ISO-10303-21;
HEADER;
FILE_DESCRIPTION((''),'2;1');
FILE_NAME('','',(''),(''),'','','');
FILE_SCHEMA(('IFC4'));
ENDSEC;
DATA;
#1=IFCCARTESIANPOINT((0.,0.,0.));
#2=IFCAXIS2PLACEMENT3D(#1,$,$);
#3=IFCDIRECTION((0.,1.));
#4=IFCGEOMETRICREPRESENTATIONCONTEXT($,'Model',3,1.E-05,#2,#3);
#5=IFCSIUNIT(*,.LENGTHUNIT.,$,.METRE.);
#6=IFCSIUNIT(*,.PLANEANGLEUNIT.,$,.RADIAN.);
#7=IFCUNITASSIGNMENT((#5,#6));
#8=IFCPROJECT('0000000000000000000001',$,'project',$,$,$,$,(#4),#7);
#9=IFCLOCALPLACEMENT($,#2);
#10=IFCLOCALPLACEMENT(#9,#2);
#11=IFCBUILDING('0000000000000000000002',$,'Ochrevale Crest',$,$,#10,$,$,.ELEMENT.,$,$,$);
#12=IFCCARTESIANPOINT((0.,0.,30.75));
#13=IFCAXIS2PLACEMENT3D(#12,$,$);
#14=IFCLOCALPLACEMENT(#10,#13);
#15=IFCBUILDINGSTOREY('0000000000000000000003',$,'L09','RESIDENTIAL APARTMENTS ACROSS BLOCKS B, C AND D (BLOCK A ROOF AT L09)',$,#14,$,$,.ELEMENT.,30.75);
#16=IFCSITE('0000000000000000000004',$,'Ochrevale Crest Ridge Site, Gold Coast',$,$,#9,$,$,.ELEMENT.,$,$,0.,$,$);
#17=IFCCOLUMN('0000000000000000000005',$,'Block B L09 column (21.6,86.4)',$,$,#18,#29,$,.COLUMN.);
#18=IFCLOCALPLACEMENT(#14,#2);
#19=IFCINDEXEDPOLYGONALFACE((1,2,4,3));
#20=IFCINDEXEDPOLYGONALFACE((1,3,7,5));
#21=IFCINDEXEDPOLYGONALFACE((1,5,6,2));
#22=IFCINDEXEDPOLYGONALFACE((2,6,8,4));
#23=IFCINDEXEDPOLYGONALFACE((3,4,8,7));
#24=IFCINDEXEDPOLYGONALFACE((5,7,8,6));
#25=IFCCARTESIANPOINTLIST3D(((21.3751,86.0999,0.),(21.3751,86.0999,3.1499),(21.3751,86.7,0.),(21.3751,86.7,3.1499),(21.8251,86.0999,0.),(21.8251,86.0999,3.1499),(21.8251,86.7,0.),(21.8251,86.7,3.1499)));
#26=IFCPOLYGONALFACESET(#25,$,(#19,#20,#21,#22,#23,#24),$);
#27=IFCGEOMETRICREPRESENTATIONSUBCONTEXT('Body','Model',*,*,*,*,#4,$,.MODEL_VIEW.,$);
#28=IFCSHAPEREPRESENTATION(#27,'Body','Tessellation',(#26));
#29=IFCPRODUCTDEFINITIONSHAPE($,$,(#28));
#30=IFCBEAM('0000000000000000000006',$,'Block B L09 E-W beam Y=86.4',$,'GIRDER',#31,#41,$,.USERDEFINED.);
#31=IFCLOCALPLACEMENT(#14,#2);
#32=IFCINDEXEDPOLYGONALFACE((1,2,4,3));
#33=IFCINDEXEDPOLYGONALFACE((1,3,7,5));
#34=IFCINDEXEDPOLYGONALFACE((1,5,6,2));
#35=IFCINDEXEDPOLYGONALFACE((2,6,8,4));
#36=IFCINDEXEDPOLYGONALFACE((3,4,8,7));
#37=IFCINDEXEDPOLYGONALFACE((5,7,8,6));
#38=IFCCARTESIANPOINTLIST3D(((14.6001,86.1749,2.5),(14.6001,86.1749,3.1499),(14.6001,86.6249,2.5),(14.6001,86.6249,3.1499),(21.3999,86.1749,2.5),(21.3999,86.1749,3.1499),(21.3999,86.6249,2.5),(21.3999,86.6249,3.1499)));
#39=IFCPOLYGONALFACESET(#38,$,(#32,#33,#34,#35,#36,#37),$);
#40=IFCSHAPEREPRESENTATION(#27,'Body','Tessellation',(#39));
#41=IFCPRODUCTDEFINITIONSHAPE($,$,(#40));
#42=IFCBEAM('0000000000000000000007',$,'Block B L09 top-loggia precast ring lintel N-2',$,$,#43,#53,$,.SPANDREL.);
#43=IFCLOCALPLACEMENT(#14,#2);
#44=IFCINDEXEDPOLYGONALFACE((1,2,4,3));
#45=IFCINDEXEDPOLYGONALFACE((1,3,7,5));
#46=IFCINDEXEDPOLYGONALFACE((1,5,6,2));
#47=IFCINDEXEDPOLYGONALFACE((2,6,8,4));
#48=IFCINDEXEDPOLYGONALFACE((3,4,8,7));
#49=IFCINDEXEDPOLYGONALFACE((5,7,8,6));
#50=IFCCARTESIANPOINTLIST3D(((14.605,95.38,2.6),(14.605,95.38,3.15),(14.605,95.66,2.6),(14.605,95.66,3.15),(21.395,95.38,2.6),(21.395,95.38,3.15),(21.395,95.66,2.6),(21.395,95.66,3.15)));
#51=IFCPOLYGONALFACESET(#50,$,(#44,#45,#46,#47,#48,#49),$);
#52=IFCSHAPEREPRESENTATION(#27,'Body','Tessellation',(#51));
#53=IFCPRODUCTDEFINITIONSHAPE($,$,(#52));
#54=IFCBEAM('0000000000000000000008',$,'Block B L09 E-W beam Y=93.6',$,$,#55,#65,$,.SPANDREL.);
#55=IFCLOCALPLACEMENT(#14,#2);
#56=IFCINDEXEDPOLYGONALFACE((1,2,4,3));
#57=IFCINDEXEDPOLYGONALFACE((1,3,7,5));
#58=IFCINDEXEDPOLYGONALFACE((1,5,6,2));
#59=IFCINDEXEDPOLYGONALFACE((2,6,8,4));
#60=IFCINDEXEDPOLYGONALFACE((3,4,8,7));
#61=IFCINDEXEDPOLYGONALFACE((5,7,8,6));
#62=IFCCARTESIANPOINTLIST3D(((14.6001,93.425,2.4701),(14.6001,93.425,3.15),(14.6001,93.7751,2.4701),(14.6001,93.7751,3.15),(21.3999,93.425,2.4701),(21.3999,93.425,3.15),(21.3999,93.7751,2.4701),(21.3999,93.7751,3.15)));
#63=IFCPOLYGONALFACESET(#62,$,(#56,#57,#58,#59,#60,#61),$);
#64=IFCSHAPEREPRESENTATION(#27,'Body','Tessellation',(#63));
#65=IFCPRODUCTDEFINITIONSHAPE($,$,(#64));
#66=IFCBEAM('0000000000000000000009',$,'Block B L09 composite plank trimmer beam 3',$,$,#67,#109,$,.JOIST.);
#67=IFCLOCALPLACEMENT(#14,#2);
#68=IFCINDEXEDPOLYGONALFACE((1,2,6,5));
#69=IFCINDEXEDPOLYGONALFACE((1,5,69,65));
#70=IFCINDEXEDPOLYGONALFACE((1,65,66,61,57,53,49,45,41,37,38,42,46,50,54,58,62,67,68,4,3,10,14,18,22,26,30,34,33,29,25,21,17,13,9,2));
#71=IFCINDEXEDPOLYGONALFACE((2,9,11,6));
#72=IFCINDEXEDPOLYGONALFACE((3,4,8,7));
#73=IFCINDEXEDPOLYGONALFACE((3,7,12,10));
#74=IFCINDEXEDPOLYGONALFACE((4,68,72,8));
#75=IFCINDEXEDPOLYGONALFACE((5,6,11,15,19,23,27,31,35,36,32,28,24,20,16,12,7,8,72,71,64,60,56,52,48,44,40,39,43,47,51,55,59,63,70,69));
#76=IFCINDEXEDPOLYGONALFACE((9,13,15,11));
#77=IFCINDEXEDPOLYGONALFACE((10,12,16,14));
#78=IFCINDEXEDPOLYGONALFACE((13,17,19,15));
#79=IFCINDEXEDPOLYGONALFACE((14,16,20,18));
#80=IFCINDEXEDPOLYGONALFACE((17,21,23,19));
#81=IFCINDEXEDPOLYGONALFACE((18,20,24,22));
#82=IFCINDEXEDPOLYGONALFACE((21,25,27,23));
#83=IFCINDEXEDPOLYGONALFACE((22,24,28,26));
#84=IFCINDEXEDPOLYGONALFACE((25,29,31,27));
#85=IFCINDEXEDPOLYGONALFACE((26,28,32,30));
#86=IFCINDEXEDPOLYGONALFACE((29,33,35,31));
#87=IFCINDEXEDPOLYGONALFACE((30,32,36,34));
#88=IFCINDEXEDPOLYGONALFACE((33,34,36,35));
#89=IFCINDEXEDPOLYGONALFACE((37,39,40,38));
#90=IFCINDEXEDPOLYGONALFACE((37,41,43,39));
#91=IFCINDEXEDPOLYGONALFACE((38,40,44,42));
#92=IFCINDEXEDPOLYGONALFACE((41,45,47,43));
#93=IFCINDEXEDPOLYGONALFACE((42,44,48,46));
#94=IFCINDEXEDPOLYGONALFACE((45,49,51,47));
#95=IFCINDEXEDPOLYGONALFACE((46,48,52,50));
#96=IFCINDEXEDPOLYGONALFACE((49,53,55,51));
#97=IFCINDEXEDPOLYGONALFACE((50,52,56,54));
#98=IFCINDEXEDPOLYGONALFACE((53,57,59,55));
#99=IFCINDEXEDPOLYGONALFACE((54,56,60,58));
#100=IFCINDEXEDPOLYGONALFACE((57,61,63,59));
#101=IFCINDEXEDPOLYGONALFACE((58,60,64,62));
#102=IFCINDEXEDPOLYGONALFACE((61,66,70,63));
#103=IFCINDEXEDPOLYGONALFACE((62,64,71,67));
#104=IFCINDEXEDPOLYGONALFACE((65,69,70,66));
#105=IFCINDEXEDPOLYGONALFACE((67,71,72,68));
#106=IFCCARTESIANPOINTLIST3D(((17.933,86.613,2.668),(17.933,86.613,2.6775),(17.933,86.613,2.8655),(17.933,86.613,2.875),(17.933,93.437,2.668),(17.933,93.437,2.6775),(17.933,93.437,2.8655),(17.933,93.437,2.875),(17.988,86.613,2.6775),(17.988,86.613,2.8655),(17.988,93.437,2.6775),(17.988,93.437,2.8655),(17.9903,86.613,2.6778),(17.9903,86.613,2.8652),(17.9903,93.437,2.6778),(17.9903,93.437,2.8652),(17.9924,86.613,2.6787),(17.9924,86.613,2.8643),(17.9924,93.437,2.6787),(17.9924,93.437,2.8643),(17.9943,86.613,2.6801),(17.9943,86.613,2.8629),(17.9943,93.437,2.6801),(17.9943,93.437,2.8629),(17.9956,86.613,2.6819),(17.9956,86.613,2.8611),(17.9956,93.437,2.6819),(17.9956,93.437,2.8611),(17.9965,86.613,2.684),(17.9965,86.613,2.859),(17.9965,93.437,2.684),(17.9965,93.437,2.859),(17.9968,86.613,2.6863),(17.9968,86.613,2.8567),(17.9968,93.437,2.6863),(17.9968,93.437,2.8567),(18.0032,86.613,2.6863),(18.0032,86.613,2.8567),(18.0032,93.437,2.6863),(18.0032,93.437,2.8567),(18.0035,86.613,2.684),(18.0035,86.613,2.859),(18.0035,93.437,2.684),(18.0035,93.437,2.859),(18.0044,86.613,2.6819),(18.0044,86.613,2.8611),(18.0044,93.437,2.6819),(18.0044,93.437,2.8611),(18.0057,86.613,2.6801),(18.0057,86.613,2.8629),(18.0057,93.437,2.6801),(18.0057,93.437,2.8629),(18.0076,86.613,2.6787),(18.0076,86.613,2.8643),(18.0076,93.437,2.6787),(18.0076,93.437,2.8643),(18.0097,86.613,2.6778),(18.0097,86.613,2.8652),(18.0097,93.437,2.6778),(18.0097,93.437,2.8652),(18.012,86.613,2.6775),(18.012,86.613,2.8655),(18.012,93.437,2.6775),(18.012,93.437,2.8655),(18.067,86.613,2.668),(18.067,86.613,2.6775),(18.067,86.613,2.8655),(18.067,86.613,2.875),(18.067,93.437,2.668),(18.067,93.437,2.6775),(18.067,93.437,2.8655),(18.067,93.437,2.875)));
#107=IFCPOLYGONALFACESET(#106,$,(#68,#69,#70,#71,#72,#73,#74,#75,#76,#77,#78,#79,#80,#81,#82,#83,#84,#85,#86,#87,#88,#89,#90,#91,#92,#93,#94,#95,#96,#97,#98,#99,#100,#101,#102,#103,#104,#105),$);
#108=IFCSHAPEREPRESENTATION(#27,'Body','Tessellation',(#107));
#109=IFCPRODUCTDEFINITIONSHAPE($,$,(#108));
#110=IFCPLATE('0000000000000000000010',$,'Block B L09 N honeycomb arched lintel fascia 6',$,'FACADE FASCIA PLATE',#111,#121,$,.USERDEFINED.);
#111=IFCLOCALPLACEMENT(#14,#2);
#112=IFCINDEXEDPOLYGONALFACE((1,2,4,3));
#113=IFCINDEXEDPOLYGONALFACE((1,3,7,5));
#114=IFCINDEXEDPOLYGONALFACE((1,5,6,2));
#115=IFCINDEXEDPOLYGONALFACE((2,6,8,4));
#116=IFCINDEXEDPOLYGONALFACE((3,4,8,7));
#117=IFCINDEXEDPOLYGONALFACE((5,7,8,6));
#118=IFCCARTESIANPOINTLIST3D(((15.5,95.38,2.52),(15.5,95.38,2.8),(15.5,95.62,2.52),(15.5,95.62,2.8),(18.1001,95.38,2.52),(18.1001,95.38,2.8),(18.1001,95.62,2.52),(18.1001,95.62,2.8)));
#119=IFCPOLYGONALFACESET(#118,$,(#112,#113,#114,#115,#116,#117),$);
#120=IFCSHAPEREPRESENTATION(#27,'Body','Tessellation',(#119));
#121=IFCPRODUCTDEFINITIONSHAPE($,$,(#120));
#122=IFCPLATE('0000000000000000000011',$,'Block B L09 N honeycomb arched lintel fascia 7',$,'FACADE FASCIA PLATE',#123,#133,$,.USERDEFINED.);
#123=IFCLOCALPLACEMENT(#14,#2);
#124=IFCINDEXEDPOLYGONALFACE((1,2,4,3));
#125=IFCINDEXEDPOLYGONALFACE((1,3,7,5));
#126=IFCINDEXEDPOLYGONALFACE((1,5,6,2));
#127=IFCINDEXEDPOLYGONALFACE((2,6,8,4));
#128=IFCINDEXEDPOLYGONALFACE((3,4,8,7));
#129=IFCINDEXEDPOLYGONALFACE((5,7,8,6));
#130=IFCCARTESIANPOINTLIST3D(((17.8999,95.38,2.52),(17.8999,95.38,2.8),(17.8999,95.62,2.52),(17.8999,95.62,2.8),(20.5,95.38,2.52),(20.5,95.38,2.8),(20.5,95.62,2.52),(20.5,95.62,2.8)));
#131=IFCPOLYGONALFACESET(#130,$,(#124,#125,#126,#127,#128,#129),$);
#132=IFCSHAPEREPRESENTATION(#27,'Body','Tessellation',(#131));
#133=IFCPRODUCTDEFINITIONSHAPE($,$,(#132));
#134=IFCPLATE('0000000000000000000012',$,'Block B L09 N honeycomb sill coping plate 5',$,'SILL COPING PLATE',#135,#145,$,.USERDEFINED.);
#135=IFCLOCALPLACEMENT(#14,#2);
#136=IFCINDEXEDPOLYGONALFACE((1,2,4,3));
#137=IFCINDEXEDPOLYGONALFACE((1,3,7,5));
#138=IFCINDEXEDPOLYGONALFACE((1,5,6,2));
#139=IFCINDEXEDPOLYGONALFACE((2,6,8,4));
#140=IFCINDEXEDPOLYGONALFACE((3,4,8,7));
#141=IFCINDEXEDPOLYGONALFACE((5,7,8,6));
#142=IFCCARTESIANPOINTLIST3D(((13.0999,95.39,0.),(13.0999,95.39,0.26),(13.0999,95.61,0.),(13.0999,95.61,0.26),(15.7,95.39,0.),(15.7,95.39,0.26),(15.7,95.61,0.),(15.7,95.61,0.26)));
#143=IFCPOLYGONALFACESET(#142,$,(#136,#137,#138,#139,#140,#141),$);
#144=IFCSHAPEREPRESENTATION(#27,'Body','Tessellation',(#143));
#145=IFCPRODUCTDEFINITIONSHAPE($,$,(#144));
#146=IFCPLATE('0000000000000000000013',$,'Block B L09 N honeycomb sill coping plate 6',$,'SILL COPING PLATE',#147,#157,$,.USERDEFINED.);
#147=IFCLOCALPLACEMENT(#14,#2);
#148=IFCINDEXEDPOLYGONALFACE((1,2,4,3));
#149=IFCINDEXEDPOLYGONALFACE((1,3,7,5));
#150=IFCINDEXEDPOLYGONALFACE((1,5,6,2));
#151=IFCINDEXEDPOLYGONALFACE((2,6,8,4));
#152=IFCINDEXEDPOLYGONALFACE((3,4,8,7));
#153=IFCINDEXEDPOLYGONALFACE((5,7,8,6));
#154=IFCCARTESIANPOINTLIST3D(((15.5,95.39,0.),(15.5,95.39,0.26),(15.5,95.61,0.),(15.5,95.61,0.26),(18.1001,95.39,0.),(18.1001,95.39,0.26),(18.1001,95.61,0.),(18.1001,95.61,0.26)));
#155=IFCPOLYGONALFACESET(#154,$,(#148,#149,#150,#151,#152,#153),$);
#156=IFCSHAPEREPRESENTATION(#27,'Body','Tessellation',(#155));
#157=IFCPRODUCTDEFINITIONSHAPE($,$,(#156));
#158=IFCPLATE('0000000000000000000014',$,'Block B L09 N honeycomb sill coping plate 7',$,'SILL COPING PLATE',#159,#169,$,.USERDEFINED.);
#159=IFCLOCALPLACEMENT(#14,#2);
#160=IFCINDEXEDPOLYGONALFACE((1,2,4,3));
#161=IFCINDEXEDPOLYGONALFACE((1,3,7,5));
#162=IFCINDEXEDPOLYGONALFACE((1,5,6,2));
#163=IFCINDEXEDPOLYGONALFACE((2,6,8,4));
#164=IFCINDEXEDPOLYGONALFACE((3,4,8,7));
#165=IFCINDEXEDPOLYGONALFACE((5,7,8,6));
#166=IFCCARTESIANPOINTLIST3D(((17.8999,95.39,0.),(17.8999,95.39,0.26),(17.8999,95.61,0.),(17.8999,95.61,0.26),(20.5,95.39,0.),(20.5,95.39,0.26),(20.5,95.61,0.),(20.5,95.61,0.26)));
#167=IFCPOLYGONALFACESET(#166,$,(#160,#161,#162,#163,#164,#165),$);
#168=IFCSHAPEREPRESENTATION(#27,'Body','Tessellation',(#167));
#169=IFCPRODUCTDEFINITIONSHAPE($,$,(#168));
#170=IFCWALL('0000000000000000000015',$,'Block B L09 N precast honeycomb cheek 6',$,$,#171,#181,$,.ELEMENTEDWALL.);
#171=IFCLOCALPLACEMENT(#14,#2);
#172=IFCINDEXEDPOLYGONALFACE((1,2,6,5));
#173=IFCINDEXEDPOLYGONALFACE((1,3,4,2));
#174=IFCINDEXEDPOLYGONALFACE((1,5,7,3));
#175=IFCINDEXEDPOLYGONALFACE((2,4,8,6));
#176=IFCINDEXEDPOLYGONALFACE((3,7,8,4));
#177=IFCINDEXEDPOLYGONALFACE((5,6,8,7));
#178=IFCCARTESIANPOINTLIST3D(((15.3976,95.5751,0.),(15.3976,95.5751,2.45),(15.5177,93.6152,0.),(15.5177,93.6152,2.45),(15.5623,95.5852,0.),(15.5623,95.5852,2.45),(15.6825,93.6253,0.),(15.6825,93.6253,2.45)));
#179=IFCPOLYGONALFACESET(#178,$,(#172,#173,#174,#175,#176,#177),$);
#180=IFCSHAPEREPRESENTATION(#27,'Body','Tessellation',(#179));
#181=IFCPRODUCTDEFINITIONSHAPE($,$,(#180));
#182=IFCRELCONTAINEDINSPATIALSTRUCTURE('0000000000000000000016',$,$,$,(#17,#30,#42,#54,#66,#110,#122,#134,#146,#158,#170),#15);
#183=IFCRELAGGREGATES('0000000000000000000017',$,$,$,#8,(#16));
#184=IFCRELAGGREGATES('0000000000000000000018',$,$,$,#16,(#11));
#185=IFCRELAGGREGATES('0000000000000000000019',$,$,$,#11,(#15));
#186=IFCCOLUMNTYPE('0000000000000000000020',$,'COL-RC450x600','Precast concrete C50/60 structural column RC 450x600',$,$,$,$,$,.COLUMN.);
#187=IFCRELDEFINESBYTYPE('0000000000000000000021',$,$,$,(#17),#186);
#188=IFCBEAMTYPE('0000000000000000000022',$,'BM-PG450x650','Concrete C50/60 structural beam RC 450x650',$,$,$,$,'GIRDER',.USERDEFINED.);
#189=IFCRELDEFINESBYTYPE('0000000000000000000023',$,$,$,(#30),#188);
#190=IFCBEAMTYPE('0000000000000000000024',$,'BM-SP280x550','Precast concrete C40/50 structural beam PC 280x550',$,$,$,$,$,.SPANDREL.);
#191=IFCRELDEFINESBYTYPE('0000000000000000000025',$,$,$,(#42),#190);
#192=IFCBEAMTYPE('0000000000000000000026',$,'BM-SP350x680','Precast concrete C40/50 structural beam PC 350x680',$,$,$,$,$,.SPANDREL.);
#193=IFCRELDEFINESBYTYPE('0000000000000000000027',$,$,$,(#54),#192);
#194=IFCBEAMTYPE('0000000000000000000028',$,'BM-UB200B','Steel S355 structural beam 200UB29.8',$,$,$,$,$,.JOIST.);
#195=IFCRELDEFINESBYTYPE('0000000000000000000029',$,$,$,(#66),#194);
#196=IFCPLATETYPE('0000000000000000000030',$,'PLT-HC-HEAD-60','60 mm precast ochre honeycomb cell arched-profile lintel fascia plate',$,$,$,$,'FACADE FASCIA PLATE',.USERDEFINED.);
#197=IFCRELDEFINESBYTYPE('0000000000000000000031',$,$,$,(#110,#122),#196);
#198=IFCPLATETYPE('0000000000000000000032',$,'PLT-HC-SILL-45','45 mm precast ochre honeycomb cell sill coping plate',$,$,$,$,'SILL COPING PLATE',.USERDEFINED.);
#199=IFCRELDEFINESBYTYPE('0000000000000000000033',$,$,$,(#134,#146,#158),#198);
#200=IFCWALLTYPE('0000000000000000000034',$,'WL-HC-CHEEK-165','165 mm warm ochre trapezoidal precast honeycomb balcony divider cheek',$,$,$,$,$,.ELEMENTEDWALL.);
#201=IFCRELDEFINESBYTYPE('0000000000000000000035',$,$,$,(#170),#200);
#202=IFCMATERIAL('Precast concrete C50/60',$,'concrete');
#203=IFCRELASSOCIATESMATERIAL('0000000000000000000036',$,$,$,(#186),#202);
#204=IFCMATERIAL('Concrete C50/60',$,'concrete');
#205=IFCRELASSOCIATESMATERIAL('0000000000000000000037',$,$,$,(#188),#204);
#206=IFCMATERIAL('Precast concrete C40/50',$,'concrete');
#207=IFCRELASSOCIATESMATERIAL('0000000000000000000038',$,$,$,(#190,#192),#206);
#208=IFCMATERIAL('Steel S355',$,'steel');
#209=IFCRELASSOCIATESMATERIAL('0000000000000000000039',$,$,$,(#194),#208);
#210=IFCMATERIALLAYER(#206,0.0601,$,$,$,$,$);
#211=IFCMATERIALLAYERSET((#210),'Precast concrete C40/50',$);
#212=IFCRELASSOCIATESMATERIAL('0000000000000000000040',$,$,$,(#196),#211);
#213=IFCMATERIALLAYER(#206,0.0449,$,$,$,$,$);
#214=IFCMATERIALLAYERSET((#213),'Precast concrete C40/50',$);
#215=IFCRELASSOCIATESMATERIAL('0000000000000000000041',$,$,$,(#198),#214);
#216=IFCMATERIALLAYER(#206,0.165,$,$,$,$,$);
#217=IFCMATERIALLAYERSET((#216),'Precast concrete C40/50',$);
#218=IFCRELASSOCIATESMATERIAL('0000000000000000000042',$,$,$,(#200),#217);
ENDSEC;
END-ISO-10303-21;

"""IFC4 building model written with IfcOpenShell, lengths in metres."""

from ifc_helpers import new_model, si_unit, direction, frame, frame_2d, origin, origin_2d, place, context, subcontext, project, spatial, rectangle, i_section, extrude, material, layer, layer_set, material_profile, profile_set, type_object, element, save


model = new_model("IFC4")

# Units and contexts
model_context = context("Model", 3, precision=1e-05, world=origin(), true_north=direction((0.0, 1.0)))
body_context = subcontext(model_context, "Body", "Model", "MODEL_VIEW")
ifc_project = project(units=[si_unit("LENGTHUNIT", "METRE"), si_unit("PLANEANGLEUNIT", "RADIAN")], contexts=[model_context])

# Site, building, storey
site_placement = place(None, origin())
site = spatial("IfcSite", under=ifc_project, at=site_placement, Name="Ochrevale Crest Ridge Site, Gold Coast", CompositionType="ELEMENT", RefElevation=0.0)
building_placement = place(site_placement, origin())
building = spatial("IfcBuilding", under=site, at=building_placement, Name="Ochrevale Crest", CompositionType="ELEMENT")
storey_placement = place(building_placement, frame((0.0, 0.0, 30.75)))
storey = spatial("IfcBuildingStorey", under=building, at=storey_placement, Name="L09", Description="RESIDENTIAL APARTMENTS ACROSS BLOCKS B, C AND D (BLOCK A ROOF AT L09)", CompositionType="ELEMENT", Elevation=30.75)

# Column
ifc_material_1 = material(Name="Precast concrete C50/60", Category="concrete")
ifc_material_profile_1 = material_profile(ifc_material_1, rectangle(XDim=0.45, YDim=0.6001, at=origin_2d()), Name="RC 450x600")
ifc_profile_set_1 = profile_set([ifc_material_profile_1], Name="Precast concrete C50/60")
column_type = type_object("IfcColumnType", Name="COL-RC450x600", Description="Precast concrete C50/60 structural column RC 450x600", PredefinedType="COLUMN", material=ifc_profile_set_1)
column_placement = place(storey_placement, frame((21.6001, 86.3999, 0.0), z_axis=(0.0, 0.0, 1.0), x_axis=(1.0, 0.0, 0.0)))
element("IfcColumn", 1, at=column_placement, inside=storey, type_object=column_type, Name="Block B L09 column (21.6,86.4)", PredefinedType="COLUMN", context=body_context, shape_type="SweptSolid", body=[
    extrude(rectangle(XDim=0.45, YDim=0.6001, at=origin_2d()), origin(), (0.0, 0.0, 1.0), 3.1499),
])

# Beams
ifc_material_2 = material(Name="Concrete C50/60", Category="concrete")
ifc_material_profile_2 = material_profile(ifc_material_2, rectangle(XDim=0.45, YDim=0.6499, at=origin_2d()), Name="RC 450x650")
ifc_profile_set_2 = profile_set([ifc_material_profile_2], Name="Concrete C50/60")
beam_type_1 = type_object("IfcBeamType", Name="BM-PG450x650", Description="Concrete C50/60 structural beam RC 450x650", ElementType="GIRDER", PredefinedType="USERDEFINED", material=ifc_profile_set_2)
beam_1_placement = place(storey_placement, frame((14.6001, 86.3999, 2.825), z_axis=(1.0, 0.0, 0.0), x_axis=(0.0, 1.0, 0.0)))
element("IfcBeam", 2, at=beam_1_placement, inside=storey, type_object=beam_type_1, Name="Block B L09 E-W beam Y=86.4", ObjectType="GIRDER", PredefinedType="USERDEFINED", context=body_context, shape_type="SweptSolid", body=[
    extrude(rectangle(XDim=0.45, YDim=0.6499, at=origin_2d()), origin(), (0.0, 0.0, 1.0), 6.7998),
])
ifc_material_3 = material(Name="Precast concrete C40/50", Category="concrete")
ifc_material_profile_3 = material_profile(ifc_material_3, rectangle(XDim=0.28, YDim=0.55, at=origin_2d()), Name="PC 280x550")
ifc_profile_set_3 = profile_set([ifc_material_profile_3], Name="Precast concrete C40/50")
beam_type_2 = type_object("IfcBeamType", Name="BM-SP280x550", Description="Precast concrete C40/50 structural beam PC 280x550", PredefinedType="SPANDREL", material=ifc_profile_set_3)
beam_2_placement = place(storey_placement, frame((14.605, 95.52, 2.875), z_axis=(1.0, 0.0, 0.0), x_axis=(0.0, 1.0, 0.0)))
element("IfcBeam", 3, at=beam_2_placement, inside=storey, type_object=beam_type_2, Name="Block B L09 top-loggia precast ring lintel N-2", PredefinedType="SPANDREL", context=body_context, shape_type="SweptSolid", body=[
    extrude(rectangle(XDim=0.28, YDim=0.55, at=origin_2d()), origin(), (0.0, 0.0, 1.0), 6.79),
])
ifc_material_profile_4 = material_profile(ifc_material_3, rectangle(XDim=0.3501, YDim=0.6799, at=origin_2d()), Name="PC 350x680")
ifc_profile_set_4 = profile_set([ifc_material_profile_4], Name="Precast concrete C40/50")
beam_type_3 = type_object("IfcBeamType", Name="BM-SP350x680", Description="Precast concrete C40/50 structural beam PC 350x680", PredefinedType="SPANDREL", material=ifc_profile_set_4)
beam_3_placement = place(storey_placement, frame((14.6001, 93.6001, 2.8101), z_axis=(1.0, 0.0, 0.0), x_axis=(0.0, 1.0, 0.0)))
element("IfcBeam", 4, at=beam_3_placement, inside=storey, type_object=beam_type_3, Name="Block B L09 E-W beam Y=93.6", PredefinedType="SPANDREL", context=body_context, shape_type="SweptSolid", body=[
    extrude(rectangle(XDim=0.3501, YDim=0.6799, at=origin_2d()), origin(), (0.0, 0.0, 1.0), 6.7998),
])
ifc_material_4 = material(Name="Steel S355", Category="steel")
ifc_material_profile_5 = material_profile(ifc_material_4, i_section(OverallWidth=0.134, OverallDepth=0.207, WebThickness=0.0063, FlangeThickness=0.0095, FilletRadius=0.0088, at=origin_2d()), Name="200UB29.8")
ifc_profile_set_5 = profile_set([ifc_material_profile_5], Name="Steel S355")
beam_type_4 = type_object("IfcBeamType", Name="BM-UB200B", Description="Steel S355 structural beam 200UB29.8", PredefinedType="JOIST", material=ifc_profile_set_5)
beam_4_placement = place(storey_placement, frame((18.0, 86.613, 2.7715), z_axis=(0.0, 1.0, 0.0), x_axis=(-1.0, 0.0, 0.0)))
element("IfcBeam", 5, at=beam_4_placement, inside=storey, type_object=beam_type_4, Name="Block B L09 composite plank trimmer beam 3", PredefinedType="JOIST", context=body_context, shape_type="SweptSolid", body=[
    extrude(i_section(OverallWidth=0.134, OverallDepth=0.207, WebThickness=0.0063, FlangeThickness=0.0095, FilletRadius=0.0088, at=origin_2d()), origin(), (0.0, 0.0, 1.0), 6.824),
])

# Plates
ifc_layer_1 = layer(ifc_material_3, 0.0601)
ifc_layer_set_1 = layer_set([ifc_layer_1], Name="Precast concrete C40/50")
plate_type_1 = type_object("IfcPlateType", Name="PLT-HC-HEAD-60", Description="60 mm precast ochre honeycomb cell arched-profile lintel fascia plate", ElementType="FACADE FASCIA PLATE", PredefinedType="USERDEFINED", material=ifc_layer_set_1)
for number, where, z_axis, x_axis, name in (
    (6, (16.8, 95.5, 2.52), (0.0, 0.0, 1.0), (1.0, 0.0, 0.0), "Block B L09 N honeycomb arched lintel fascia 6"),
    (7, (19.2, 95.5, 2.52), (0.0, 0.0, 1.0), (1.0, 0.0, 0.0), "Block B L09 N honeycomb arched lintel fascia 7"),
):
    element("IfcPlate", number, at=place(storey_placement, frame(where, z_axis=z_axis, x_axis=x_axis)), inside=storey, type_object=plate_type_1, Name=name, ObjectType="FACADE FASCIA PLATE", PredefinedType="USERDEFINED", context=body_context, shape_type="SweptSolid", body=[
        extrude(rectangle(XDim=2.6001, YDim=0.24, at=origin_2d()), origin(), (0.0, 0.0, 1.0), 0.28),
    ])
ifc_layer_2 = layer(ifc_material_3, 0.0449)
ifc_layer_set_2 = layer_set([ifc_layer_2], Name="Precast concrete C40/50")
plate_type_2 = type_object("IfcPlateType", Name="PLT-HC-SILL-45", Description="45 mm precast ochre honeycomb cell sill coping plate", ElementType="SILL COPING PLATE", PredefinedType="USERDEFINED", material=ifc_layer_set_2)
for number, where, z_axis, x_axis, name in (
    (8, (14.3999, 95.5, 0.0), (0.0, 0.0, 1.0), (1.0, 0.0, 0.0), "Block B L09 N honeycomb sill coping plate 5"),
    (9, (16.8, 95.5, 0.0), (0.0, 0.0, 1.0), (1.0, 0.0, 0.0), "Block B L09 N honeycomb sill coping plate 6"),
    (10, (19.2, 95.5, 0.0), (0.0, 0.0, 1.0), (1.0, 0.0, 0.0), "Block B L09 N honeycomb sill coping plate 7"),
):
    element("IfcPlate", number, at=place(storey_placement, frame(where, z_axis=z_axis, x_axis=x_axis)), inside=storey, type_object=plate_type_2, Name=name, ObjectType="SILL COPING PLATE", PredefinedType="USERDEFINED", context=body_context, shape_type="SweptSolid", body=[
        extrude(rectangle(XDim=2.6001, YDim=0.22, at=origin_2d()), origin(), (0.0, 0.0, 1.0), 0.26),
    ])

# Wall
ifc_layer_3 = layer(ifc_material_3, 0.165)
ifc_layer_set_3 = layer_set([ifc_layer_3], Name="Precast concrete C40/50")
wall_type_1 = type_object("IfcWallType", Name="WL-HC-CHEEK-165", Description="165 mm warm ochre trapezoidal precast honeycomb balcony divider cheek", PredefinedType="ELEMENTEDWALL", material=ifc_layer_set_3)
for number, where, z_axis, x_axis, name in (
    (11, (15.6001, 93.6201, 0.0), (0.0, 0.0, 1.0), (-0.061171, 0.998127, 0.0), "Block B L09 N precast honeycomb cheek 6"),
):
    element("IfcWall", number, at=place(storey_placement, frame(where, z_axis=z_axis, x_axis=x_axis)), inside=storey, type_object=wall_type_1, Name=name, PredefinedType="ELEMENTEDWALL", context=body_context, shape_type="SweptSolid", body=[
        extrude(rectangle(XDim=1.9636, YDim=0.165, at=frame_2d((0.9819, 0.0))), origin(), (0.0, 0.0, 1.0), 2.45),
    ])

save(model, "model.ifc")
